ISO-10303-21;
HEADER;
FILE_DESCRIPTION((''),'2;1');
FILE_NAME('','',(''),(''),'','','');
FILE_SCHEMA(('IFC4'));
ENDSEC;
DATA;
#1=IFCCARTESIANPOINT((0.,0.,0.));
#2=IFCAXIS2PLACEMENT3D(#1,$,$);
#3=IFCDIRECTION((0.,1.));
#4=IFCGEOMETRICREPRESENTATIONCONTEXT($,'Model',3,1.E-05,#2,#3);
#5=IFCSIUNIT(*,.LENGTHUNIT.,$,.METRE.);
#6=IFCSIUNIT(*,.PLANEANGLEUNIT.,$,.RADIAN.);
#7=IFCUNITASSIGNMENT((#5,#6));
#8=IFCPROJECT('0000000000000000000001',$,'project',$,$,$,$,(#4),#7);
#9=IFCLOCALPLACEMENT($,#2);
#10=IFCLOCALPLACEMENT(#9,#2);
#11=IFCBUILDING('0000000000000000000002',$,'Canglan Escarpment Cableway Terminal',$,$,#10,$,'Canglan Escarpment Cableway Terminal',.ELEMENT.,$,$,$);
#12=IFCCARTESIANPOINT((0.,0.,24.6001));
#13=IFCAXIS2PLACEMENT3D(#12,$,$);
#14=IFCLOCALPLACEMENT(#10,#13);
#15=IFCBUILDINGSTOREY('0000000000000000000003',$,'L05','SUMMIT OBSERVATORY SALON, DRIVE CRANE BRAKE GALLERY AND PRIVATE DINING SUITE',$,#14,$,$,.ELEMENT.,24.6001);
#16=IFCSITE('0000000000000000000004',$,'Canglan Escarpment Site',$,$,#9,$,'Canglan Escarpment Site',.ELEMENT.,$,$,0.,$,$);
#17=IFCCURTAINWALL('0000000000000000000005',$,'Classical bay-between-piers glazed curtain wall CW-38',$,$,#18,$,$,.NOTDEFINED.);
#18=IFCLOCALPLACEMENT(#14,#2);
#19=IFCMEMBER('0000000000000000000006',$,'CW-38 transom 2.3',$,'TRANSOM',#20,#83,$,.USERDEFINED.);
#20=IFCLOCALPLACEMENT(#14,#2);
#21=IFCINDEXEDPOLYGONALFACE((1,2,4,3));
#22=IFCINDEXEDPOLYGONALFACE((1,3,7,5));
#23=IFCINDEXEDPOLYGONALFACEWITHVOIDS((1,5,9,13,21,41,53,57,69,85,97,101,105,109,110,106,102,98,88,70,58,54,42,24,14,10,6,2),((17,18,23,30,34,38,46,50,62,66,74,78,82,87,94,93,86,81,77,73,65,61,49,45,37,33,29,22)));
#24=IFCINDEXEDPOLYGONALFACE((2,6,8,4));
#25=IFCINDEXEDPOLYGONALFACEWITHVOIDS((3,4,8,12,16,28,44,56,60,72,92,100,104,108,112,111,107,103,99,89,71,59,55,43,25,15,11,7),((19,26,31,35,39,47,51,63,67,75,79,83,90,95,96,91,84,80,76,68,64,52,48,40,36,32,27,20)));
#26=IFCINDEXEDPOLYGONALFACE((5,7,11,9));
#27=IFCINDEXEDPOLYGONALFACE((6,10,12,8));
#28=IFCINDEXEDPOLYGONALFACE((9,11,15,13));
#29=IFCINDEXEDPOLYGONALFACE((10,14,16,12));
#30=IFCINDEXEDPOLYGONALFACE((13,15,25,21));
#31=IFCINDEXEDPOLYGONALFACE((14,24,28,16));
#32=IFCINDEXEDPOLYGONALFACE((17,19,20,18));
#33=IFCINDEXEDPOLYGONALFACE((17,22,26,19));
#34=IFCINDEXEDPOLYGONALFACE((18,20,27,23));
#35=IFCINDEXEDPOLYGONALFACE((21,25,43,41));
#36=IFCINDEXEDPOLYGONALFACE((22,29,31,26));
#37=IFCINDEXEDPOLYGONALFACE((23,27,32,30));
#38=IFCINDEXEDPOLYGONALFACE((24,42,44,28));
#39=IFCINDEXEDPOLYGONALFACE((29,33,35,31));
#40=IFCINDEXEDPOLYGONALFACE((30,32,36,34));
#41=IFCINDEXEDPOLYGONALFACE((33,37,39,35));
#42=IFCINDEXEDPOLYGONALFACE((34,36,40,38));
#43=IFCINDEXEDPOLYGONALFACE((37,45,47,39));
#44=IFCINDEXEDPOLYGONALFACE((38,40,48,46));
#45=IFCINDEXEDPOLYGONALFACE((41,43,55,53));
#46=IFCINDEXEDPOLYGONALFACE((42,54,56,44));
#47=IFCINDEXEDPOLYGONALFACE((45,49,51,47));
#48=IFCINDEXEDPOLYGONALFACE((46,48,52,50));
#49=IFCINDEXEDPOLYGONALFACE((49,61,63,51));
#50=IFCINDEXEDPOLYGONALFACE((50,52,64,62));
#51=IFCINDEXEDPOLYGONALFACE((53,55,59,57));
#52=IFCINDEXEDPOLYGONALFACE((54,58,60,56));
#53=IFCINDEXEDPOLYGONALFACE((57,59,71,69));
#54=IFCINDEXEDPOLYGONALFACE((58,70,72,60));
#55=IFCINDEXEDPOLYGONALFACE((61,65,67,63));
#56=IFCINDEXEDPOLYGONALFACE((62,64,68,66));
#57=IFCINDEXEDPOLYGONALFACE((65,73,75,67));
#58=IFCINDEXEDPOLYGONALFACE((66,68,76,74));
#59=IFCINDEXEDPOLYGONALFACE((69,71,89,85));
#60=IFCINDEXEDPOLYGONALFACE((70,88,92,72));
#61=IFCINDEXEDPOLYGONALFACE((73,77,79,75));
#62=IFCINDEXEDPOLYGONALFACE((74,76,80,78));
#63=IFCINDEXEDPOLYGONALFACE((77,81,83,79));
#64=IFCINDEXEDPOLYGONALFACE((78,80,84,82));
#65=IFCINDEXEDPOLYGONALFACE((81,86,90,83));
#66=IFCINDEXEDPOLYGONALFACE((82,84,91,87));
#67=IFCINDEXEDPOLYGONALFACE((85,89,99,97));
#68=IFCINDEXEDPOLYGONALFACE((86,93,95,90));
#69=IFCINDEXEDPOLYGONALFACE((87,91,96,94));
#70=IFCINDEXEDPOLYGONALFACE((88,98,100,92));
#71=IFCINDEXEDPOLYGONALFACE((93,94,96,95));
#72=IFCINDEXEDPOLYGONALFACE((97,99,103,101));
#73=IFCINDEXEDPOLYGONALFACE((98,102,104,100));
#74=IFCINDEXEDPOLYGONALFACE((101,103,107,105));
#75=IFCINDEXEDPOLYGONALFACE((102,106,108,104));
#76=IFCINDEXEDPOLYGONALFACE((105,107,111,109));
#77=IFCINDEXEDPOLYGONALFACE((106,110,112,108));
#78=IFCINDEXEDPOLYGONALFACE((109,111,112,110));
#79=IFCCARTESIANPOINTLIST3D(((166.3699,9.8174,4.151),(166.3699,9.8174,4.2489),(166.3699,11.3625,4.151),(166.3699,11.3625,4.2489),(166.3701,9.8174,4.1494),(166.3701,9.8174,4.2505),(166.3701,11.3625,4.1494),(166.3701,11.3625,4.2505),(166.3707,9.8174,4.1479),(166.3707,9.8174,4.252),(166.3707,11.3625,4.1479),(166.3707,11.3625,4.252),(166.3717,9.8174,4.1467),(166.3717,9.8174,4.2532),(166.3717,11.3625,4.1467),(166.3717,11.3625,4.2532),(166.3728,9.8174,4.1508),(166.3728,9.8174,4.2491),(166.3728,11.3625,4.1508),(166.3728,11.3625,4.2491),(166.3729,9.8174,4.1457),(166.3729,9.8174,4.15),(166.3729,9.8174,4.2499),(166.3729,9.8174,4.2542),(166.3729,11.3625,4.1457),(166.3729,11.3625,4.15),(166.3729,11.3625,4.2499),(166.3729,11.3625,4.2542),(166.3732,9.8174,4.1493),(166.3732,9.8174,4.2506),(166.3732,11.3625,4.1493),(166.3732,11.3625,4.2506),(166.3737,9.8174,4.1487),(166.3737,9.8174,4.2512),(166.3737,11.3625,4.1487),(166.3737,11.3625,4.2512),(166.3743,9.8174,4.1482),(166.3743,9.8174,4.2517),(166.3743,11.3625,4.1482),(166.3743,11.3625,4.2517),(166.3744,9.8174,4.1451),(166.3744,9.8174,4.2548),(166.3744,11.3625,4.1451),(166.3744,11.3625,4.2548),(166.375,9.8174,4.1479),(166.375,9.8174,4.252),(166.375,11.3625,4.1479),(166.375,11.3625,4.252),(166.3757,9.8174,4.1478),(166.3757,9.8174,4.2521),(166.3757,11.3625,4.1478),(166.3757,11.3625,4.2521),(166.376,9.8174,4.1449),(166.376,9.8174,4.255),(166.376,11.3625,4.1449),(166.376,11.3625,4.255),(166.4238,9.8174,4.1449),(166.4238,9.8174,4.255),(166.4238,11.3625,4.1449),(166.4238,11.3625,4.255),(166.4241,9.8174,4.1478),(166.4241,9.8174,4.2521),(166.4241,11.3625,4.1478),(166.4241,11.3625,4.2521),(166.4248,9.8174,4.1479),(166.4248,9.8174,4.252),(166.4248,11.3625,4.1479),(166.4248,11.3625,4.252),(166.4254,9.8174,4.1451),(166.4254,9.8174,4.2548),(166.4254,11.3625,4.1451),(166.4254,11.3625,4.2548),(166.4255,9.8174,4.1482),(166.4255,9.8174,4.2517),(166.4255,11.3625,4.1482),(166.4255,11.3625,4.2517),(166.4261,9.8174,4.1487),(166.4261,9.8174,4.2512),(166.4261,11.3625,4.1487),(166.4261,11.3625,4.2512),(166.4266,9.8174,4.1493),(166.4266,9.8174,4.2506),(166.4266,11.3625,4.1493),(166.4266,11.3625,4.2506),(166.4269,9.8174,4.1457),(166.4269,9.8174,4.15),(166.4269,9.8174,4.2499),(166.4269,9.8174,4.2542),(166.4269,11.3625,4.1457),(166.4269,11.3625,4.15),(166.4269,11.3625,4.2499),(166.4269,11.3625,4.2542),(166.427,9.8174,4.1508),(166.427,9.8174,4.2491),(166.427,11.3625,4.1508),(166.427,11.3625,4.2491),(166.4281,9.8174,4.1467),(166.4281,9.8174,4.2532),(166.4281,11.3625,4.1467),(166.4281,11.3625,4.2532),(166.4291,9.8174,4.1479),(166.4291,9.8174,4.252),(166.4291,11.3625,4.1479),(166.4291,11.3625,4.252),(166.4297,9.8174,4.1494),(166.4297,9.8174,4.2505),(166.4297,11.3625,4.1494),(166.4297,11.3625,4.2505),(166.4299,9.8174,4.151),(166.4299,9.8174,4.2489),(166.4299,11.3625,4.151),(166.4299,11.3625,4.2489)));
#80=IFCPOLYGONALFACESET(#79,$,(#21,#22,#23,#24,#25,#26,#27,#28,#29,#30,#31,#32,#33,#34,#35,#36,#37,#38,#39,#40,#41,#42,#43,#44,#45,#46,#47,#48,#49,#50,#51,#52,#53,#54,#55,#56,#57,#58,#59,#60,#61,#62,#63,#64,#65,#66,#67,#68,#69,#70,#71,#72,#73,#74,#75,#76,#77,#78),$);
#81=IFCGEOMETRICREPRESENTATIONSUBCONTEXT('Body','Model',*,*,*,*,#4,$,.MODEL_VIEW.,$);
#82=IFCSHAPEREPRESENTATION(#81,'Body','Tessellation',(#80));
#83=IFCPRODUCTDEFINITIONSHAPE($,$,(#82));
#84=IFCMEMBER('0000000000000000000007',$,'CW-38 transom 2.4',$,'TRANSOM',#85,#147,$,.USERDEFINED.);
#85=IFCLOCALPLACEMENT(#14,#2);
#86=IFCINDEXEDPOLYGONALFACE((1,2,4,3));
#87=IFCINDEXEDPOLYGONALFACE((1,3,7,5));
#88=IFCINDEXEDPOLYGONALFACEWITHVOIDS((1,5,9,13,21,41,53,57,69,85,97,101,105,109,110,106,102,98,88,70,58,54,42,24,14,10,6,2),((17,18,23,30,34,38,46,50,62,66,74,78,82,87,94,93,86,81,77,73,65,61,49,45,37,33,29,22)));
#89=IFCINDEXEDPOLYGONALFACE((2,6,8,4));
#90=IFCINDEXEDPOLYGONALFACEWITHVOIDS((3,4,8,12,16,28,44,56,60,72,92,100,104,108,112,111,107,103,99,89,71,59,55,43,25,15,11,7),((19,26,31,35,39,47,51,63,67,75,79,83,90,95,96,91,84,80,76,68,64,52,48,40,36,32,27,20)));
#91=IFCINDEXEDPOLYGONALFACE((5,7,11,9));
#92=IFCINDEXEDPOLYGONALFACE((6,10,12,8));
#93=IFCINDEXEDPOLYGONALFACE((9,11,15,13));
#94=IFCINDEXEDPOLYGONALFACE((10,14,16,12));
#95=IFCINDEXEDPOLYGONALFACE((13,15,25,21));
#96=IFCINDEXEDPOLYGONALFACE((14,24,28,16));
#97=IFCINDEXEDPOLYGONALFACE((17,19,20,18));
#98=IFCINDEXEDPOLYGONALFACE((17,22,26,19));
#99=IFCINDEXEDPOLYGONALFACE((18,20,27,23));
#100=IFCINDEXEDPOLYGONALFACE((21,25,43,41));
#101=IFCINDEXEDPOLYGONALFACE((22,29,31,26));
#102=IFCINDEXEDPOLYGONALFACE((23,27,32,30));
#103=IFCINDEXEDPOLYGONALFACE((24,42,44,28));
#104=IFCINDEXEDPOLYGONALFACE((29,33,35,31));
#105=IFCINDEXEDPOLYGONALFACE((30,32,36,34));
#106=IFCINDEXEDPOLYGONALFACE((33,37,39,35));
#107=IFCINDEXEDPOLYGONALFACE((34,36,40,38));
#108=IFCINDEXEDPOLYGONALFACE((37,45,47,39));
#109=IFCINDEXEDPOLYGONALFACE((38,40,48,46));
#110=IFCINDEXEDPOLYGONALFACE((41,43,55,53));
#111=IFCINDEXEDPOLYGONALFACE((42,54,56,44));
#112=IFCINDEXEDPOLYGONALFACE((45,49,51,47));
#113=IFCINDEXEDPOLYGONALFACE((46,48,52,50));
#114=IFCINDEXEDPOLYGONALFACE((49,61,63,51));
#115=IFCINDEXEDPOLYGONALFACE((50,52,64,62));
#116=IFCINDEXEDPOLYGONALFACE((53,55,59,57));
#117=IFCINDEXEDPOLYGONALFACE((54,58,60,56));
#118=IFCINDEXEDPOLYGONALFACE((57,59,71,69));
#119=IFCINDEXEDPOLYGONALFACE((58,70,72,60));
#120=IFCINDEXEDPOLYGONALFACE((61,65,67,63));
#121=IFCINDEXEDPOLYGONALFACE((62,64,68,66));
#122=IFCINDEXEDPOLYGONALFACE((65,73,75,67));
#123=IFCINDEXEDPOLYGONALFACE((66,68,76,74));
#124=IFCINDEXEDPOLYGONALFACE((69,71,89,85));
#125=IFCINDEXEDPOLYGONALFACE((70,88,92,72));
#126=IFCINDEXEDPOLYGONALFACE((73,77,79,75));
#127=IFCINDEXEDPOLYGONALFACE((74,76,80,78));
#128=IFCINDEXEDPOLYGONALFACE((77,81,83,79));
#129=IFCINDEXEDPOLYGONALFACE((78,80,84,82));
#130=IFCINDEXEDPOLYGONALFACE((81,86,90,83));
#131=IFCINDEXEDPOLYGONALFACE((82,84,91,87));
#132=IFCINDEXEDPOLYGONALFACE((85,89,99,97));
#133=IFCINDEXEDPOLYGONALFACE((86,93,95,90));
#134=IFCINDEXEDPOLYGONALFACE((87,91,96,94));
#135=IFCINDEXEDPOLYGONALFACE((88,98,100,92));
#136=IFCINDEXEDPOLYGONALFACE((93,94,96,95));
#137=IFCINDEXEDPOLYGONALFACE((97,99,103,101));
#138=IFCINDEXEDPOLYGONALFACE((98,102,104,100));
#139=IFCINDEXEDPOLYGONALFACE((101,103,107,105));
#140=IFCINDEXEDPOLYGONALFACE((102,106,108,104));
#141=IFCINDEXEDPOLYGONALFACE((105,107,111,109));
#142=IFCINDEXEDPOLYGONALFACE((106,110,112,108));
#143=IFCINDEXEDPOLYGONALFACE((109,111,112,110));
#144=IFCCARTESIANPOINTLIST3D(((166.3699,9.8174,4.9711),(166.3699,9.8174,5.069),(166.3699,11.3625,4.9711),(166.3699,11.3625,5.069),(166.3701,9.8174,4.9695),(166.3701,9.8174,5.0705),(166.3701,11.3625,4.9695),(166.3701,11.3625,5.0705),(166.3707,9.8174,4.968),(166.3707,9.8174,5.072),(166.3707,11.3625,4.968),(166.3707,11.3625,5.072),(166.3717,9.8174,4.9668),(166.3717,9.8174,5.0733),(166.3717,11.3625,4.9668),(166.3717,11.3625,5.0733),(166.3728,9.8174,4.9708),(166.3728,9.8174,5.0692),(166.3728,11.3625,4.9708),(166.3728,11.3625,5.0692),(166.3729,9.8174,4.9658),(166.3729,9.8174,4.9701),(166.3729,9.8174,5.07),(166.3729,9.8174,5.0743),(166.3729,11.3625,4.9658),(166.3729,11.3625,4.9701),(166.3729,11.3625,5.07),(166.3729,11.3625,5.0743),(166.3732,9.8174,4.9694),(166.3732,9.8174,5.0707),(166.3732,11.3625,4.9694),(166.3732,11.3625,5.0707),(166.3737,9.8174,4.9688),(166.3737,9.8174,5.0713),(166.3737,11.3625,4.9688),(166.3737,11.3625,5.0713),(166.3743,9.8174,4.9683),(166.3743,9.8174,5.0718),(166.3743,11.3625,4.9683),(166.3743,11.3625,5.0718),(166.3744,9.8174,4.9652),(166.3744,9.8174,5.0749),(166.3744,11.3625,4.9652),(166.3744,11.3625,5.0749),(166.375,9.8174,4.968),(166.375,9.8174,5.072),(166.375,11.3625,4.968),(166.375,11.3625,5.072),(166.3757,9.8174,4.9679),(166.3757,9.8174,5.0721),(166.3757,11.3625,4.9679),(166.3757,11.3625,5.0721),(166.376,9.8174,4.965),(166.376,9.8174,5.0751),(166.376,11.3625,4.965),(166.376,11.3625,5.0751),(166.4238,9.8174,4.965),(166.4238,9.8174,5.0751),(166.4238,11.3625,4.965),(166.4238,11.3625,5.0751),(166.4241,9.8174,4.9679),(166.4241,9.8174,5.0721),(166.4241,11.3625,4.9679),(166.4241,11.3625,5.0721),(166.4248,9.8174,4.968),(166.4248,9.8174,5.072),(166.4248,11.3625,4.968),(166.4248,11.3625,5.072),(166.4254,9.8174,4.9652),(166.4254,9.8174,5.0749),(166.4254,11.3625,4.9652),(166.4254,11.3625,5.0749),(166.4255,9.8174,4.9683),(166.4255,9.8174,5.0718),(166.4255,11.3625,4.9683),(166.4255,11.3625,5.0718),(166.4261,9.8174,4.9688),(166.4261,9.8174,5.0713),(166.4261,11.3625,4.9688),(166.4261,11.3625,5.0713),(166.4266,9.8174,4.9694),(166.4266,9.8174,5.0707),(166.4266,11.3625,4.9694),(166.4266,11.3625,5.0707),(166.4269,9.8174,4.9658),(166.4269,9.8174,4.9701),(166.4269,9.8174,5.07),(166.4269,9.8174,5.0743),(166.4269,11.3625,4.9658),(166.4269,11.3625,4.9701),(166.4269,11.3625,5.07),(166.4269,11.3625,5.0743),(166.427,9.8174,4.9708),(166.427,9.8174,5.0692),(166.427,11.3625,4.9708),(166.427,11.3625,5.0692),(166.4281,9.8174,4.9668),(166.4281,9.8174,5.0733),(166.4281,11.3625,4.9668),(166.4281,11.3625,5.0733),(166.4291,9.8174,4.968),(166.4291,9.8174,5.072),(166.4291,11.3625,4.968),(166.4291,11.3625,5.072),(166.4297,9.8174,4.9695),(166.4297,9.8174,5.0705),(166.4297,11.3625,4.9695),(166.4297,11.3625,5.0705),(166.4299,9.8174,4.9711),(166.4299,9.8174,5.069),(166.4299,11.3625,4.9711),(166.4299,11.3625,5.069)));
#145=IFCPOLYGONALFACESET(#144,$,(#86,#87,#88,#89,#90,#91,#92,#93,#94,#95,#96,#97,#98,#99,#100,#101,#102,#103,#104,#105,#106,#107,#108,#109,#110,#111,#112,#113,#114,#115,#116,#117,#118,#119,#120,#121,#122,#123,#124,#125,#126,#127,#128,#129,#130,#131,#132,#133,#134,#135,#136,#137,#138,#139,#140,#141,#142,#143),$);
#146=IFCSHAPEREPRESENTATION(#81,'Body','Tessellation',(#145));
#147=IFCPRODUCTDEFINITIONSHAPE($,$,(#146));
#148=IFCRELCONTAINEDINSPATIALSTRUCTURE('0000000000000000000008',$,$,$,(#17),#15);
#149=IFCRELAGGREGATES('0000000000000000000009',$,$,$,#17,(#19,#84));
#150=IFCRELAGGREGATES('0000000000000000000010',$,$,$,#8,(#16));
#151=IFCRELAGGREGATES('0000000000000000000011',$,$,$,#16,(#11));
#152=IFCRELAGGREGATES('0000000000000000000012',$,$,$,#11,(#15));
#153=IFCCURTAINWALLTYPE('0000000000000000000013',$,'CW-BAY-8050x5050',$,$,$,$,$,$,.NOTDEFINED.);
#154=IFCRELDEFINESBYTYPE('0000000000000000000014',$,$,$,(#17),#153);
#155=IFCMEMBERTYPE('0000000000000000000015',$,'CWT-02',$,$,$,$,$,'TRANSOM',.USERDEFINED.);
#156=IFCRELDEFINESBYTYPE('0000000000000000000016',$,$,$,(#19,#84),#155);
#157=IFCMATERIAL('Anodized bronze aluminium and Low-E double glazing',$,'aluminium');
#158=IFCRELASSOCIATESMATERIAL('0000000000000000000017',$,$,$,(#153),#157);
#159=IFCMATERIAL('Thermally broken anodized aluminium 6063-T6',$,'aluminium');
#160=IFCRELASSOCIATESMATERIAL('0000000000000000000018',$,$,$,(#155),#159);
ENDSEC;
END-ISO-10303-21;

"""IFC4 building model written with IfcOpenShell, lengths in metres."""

from ifc_helpers import new_model, si_unit, direction, frame, origin, origin_2d, place, context, subcontext, project, spatial, hollow_rectangle, extrude, material, material_profile, profile_set, type_object, element, aggregate, save


model = new_model("IFC4")

# Units and contexts
model_context = context("Model", 3, precision=1e-05, world=origin(), true_north=direction((0.0, 1.0)))
body_context = subcontext(model_context, "Body", "Model", "MODEL_VIEW")
ifc_project = project(units=[si_unit("LENGTHUNIT", "METRE"), si_unit("PLANEANGLEUNIT", "RADIAN")], contexts=[model_context])

# Site, building, storey
site_placement = place(None, origin())
site = spatial("IfcSite", under=ifc_project, at=site_placement, Name="Canglan Escarpment Site", LongName="Canglan Escarpment Site", CompositionType="ELEMENT", RefElevation=0.0)
building_placement = place(site_placement, origin())
building = spatial("IfcBuilding", under=site, at=building_placement, Name="Canglan Escarpment Cableway Terminal", LongName="Canglan Escarpment Cableway Terminal", CompositionType="ELEMENT")
storey_placement = place(building_placement, frame((0.0, 0.0, 24.6001)))
storey = spatial("IfcBuildingStorey", under=building, at=storey_placement, Name="L05", Description="SUMMIT OBSERVATORY SALON, DRIVE CRANE BRAKE GALLERY AND PRIVATE DINING SUITE", CompositionType="ELEMENT", Elevation=24.6001)

# Curtain wall
ifc_material_1 = material(Name="Anodized bronze aluminium and Low-E double glazing", Category="aluminium")
curtain_wall_type_1 = type_object("IfcCurtainWallType", Name="CW-BAY-8050x5050", PredefinedType="NOTDEFINED", material=ifc_material_1)
curtain_wall_1_placement = place(storey_placement, origin())
curtain_wall_1 = element("IfcCurtainWall", 1, at=curtain_wall_1_placement, inside=storey, type_object=curtain_wall_type_1, Name="Classical bay-between-piers glazed curtain wall CW-38", PredefinedType="NOTDEFINED")
ifc_material_2 = material(Name="Thermally broken anodized aluminium 6063-T6", Category="aluminium")

# Members
ifc_material_profile_1 = material_profile(ifc_material_2, hollow_rectangle(XDim=0.0601, YDim=0.1101, WallThickness=0.0029, InnerFilletRadius=0.0029, OuterFilletRadius=0.0061, at=origin_2d()), Name="ALU-TRAN 60x110x3")
ifc_profile_set_1 = profile_set([ifc_material_profile_1], Name="Thermally broken anodized aluminium 6063-T6")
member_type_1 = type_object("IfcMemberType", Name="CWT-02", ElementType="TRANSOM", PredefinedType="USERDEFINED", material=ifc_profile_set_1)
member_1_placement = place(storey_placement, frame((166.3999, 9.8174, 4.2), z_axis=(0.0, 1.0, 0.0), x_axis=(-1.0, 0.0, 0.0)))
member_1 = element("IfcMember", 2, at=member_1_placement, type_object=member_type_1, Name="CW-38 transom 2.3", ObjectType="TRANSOM", PredefinedType="USERDEFINED", context=body_context, shape_type="SweptSolid", body=[
    extrude(hollow_rectangle(XDim=0.0601, YDim=0.1101, WallThickness=0.0029, InnerFilletRadius=0.0029, OuterFilletRadius=0.0061, at=origin_2d()), origin(), (0.0, 0.0, 1.0), 1.5452),
])
member_2_placement = place(storey_placement, frame((166.3999, 9.8174, 5.02), z_axis=(0.0, 1.0, 0.0), x_axis=(-1.0, 0.0, 0.0)))
member_2 = element("IfcMember", 3, at=member_2_placement, type_object=member_type_1, Name="CW-38 transom 2.4", ObjectType="TRANSOM", PredefinedType="USERDEFINED", context=body_context, shape_type="SweptSolid", body=[
    extrude(hollow_rectangle(XDim=0.0601, YDim=0.1101, WallThickness=0.0029, InnerFilletRadius=0.0029, OuterFilletRadius=0.0061, at=origin_2d()), origin(), (0.0, 0.0, 1.0), 1.5452),
])

aggregate(curtain_wall_1, [member_1, member_2])

save(model, "model.ifc")
